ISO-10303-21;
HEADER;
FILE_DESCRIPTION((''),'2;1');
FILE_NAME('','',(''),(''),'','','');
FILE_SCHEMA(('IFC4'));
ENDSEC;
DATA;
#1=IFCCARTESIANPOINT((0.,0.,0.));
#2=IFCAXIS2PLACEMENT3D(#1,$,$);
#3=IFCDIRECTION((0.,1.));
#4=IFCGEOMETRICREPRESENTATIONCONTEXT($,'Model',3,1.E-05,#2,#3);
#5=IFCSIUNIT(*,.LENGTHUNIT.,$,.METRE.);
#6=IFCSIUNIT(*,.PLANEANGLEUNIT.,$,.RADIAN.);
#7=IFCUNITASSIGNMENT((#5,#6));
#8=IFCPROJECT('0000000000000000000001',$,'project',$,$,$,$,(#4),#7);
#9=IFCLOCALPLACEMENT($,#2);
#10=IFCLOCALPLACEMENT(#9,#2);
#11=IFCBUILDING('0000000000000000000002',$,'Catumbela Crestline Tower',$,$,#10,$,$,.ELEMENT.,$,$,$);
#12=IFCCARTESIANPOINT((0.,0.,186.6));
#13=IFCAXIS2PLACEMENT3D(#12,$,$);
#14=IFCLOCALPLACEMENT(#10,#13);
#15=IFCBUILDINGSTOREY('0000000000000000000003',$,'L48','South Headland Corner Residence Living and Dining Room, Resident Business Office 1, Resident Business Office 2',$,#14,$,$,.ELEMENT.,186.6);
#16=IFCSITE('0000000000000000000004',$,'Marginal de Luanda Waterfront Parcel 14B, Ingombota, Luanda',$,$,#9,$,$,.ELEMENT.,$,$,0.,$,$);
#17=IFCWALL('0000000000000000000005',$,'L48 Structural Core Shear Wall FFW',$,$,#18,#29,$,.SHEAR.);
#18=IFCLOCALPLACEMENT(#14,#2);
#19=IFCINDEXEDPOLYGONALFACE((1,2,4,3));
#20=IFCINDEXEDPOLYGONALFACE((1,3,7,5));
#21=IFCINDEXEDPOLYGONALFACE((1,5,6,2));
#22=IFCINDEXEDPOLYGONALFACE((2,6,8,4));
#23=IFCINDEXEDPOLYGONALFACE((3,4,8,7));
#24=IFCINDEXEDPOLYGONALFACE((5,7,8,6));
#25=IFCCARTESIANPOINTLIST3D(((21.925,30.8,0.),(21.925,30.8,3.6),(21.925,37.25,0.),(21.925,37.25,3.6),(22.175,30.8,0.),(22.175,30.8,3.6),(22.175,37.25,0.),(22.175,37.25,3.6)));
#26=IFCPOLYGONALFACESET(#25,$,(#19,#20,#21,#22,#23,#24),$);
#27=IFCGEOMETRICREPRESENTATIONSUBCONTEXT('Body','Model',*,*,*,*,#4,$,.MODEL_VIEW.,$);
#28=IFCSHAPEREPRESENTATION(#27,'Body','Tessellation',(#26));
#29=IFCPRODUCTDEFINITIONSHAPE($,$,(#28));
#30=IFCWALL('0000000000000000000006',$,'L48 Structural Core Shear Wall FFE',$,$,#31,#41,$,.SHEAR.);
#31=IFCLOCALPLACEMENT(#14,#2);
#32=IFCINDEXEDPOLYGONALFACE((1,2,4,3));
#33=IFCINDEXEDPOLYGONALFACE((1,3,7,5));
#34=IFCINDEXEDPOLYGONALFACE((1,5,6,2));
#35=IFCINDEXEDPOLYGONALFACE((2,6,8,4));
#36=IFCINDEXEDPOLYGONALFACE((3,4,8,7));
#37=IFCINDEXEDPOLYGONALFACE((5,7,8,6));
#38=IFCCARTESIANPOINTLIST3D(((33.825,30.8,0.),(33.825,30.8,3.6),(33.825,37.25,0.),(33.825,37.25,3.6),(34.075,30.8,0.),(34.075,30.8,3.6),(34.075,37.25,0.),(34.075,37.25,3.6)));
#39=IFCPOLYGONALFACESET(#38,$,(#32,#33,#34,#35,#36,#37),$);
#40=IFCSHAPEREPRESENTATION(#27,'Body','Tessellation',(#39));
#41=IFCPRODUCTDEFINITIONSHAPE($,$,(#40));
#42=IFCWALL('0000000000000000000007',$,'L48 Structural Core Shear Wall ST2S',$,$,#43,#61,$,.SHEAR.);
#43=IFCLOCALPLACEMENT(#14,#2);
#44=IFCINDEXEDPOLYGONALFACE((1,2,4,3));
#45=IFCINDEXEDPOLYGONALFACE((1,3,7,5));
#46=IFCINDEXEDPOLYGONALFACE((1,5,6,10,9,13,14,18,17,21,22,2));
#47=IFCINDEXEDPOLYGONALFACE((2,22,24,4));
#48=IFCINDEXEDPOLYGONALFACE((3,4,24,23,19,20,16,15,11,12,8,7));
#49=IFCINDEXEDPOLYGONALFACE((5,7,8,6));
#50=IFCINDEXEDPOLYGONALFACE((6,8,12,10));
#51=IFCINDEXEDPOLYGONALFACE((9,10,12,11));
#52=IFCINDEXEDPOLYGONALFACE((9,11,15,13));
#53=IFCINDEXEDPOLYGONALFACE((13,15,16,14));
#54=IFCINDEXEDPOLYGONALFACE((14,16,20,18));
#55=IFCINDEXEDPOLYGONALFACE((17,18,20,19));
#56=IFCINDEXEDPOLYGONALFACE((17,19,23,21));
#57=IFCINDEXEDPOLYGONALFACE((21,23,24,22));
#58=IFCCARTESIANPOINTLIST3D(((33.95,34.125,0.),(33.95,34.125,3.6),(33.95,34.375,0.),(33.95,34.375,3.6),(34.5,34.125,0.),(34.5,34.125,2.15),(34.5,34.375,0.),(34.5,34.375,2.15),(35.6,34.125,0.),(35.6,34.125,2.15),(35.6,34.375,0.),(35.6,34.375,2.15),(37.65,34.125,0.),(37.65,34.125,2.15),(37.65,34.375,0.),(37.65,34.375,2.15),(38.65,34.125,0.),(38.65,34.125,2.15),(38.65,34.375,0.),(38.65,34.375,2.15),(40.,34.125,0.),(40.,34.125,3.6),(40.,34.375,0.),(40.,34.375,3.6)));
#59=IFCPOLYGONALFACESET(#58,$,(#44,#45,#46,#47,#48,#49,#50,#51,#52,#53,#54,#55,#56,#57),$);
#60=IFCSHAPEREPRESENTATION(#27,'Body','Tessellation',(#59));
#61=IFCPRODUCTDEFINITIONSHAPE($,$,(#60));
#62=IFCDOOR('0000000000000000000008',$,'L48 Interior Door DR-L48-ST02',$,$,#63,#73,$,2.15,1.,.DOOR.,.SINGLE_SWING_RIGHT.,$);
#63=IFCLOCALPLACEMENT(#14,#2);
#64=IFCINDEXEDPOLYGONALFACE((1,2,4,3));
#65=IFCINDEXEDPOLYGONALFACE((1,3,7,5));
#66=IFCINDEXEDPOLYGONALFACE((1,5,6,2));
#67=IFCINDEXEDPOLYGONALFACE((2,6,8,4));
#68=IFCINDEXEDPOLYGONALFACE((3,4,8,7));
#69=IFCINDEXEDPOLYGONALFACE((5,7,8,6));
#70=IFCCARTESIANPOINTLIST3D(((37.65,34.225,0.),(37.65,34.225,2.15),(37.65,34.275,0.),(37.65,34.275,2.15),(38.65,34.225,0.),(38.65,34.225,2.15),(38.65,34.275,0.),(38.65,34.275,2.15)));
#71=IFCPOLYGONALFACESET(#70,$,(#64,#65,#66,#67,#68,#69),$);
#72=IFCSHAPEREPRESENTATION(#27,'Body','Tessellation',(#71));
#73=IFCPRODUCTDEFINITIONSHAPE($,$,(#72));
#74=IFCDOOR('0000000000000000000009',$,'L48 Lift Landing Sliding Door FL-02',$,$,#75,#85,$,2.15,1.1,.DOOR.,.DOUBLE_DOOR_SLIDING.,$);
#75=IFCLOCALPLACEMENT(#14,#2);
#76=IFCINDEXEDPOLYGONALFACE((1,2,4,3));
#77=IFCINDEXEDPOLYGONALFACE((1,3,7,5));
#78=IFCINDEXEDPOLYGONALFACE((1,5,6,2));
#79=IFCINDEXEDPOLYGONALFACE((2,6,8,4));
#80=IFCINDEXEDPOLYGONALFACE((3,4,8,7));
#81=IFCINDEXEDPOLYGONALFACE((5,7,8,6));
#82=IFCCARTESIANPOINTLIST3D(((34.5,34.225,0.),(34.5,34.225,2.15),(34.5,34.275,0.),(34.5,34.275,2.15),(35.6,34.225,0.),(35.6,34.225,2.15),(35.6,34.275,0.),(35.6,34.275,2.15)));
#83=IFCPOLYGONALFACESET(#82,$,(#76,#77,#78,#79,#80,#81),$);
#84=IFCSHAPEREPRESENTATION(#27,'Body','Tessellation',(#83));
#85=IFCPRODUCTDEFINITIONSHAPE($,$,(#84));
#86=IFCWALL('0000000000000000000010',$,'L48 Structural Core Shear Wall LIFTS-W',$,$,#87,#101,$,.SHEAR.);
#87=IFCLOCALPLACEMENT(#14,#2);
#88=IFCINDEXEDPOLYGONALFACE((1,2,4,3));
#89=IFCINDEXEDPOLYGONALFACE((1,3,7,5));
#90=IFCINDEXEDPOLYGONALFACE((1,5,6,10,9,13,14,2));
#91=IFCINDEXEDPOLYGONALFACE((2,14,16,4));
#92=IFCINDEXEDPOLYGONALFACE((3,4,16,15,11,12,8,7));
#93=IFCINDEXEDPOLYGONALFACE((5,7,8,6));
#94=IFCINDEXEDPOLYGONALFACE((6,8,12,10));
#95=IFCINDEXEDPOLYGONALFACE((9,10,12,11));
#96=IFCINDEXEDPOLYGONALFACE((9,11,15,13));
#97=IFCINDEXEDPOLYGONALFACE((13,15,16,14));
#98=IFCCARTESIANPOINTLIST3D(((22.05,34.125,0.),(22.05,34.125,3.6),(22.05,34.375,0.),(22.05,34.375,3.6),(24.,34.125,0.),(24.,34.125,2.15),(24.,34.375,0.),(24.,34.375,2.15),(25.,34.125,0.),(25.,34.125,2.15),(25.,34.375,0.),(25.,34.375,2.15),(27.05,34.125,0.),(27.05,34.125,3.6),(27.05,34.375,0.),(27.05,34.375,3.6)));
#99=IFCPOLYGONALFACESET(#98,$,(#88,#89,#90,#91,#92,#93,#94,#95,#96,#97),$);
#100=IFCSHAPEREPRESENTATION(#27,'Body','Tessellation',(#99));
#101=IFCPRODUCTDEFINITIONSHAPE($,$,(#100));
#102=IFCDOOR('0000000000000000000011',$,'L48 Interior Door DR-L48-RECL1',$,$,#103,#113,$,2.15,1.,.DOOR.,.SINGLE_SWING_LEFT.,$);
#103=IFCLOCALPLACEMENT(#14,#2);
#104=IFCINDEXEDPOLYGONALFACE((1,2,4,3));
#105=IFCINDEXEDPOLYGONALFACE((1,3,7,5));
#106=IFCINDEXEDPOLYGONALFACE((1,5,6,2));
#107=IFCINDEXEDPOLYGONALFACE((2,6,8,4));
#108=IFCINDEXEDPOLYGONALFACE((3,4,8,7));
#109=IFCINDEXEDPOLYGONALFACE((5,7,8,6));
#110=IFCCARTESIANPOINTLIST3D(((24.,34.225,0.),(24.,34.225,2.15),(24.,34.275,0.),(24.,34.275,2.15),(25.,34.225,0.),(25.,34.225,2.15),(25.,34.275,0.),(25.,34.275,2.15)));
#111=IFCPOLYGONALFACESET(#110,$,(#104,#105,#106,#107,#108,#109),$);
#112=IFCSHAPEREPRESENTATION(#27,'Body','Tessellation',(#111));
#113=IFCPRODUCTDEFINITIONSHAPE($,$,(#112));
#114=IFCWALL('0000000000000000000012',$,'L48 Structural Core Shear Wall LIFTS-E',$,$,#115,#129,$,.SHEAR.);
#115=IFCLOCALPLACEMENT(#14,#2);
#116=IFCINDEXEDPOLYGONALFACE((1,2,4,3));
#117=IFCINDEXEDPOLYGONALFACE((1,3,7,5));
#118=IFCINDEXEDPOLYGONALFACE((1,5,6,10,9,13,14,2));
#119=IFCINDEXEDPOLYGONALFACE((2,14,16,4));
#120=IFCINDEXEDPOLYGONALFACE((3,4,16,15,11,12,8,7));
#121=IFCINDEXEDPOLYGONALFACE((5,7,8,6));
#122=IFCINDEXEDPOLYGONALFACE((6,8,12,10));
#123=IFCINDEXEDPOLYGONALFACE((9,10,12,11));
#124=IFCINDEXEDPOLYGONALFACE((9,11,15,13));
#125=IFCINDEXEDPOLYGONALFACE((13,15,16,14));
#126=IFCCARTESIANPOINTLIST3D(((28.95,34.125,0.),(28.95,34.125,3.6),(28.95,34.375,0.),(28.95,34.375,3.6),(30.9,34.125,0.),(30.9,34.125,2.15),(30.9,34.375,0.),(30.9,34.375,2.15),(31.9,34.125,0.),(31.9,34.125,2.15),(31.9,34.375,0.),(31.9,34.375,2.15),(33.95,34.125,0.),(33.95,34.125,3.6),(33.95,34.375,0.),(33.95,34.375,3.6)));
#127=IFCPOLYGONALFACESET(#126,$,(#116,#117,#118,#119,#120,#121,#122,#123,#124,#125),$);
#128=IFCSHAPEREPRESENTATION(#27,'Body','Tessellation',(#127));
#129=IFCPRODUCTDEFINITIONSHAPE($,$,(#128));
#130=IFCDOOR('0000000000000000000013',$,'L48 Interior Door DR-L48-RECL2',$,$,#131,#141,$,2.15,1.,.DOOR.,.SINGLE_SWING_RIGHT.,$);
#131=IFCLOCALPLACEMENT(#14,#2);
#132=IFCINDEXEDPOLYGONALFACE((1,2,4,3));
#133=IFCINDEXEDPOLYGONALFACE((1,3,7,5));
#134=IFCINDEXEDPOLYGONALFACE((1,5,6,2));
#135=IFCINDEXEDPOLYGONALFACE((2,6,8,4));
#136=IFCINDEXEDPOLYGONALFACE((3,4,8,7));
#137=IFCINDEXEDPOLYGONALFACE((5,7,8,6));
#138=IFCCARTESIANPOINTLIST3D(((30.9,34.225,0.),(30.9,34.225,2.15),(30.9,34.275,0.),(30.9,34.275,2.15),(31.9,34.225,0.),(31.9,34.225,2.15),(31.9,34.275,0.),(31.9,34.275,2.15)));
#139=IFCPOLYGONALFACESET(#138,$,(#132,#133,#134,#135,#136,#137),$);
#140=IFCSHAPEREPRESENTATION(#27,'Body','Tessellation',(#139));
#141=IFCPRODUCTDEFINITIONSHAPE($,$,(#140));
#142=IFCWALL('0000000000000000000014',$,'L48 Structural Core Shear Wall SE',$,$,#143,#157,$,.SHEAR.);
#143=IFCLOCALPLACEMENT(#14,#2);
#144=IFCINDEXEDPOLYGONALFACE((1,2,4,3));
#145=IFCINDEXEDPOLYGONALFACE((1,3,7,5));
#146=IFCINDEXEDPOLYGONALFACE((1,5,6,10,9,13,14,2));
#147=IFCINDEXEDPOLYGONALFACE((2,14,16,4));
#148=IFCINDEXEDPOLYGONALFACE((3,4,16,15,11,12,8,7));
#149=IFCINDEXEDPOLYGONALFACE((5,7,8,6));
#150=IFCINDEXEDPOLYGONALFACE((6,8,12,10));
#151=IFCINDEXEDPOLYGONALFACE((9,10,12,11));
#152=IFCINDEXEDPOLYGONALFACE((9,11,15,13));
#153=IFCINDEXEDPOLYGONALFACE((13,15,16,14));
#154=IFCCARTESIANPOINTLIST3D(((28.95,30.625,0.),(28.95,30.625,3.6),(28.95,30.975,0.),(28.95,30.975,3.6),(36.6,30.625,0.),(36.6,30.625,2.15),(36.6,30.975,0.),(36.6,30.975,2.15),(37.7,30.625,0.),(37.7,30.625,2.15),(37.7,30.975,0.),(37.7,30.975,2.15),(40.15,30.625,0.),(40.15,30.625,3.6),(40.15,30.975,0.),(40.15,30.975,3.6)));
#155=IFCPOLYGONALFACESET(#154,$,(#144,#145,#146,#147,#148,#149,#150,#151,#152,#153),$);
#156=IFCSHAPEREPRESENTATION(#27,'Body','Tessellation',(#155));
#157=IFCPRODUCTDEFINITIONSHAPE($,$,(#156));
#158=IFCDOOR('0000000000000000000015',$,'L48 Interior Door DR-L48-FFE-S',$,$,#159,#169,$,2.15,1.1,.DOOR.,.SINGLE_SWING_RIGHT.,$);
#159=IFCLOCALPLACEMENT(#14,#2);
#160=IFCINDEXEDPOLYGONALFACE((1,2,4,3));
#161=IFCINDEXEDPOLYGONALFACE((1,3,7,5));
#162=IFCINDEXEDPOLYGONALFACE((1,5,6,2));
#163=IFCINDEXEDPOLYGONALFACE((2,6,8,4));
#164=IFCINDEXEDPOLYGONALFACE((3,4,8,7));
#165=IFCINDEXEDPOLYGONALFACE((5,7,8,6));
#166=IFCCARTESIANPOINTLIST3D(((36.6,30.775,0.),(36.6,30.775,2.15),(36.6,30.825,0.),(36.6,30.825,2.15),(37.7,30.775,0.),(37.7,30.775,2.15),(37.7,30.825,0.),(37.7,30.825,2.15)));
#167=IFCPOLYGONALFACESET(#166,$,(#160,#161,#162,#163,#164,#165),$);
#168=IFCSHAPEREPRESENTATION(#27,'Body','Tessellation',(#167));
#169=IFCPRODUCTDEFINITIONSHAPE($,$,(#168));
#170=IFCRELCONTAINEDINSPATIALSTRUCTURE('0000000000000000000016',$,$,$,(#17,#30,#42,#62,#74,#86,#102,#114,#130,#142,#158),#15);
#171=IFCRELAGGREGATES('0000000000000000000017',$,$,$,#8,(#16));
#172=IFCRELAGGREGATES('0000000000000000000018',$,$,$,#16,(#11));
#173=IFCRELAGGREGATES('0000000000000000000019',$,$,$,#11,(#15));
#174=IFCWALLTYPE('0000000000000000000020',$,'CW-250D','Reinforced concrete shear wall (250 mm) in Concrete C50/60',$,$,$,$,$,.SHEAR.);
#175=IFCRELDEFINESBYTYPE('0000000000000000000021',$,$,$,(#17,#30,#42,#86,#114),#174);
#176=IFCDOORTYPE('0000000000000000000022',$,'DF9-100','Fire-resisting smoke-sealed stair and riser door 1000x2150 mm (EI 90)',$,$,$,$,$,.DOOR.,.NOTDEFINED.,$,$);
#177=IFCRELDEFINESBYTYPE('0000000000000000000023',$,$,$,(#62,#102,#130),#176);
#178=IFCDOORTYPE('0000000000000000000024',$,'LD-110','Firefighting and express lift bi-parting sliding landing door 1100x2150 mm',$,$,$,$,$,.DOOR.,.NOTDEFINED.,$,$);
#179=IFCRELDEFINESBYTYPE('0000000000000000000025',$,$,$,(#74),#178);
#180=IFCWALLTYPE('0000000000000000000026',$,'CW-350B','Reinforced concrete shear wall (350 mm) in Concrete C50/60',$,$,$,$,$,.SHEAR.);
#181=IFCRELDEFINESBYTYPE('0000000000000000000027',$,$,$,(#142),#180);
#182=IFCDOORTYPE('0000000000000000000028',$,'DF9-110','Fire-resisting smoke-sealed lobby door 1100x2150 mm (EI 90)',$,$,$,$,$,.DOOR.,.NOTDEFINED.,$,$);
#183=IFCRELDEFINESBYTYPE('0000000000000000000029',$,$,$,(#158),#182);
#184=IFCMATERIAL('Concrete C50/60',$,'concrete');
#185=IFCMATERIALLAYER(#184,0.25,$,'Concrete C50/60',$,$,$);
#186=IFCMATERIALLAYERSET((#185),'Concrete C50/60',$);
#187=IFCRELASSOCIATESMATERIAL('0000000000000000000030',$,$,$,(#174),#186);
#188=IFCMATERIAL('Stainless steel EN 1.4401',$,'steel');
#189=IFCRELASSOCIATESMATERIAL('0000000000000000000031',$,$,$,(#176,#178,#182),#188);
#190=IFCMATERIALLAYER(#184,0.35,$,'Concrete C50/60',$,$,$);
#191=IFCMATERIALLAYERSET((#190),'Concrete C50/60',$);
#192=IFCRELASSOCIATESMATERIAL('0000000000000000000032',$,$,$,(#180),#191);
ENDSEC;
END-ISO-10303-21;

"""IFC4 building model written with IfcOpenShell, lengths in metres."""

from ifc_helpers import new_model, si_unit, direction, frame, frame_2d, origin, place, context, subcontext, project, spatial, rectangle, extrude, material, layer, layer_set, type_object, element, fill, save


model = new_model("IFC4")

# Units and contexts
model_context = context("Model", 3, precision=1e-05, world=origin(), true_north=direction((0.0, 1.0)))
body_context = subcontext(model_context, "Body", "Model", "MODEL_VIEW")
ifc_project = project(units=[si_unit("LENGTHUNIT", "METRE"), si_unit("PLANEANGLEUNIT", "RADIAN")], contexts=[model_context])

# Site, building, storey
site_placement = place(None, origin())
site = spatial("IfcSite", under=ifc_project, at=site_placement, Name="Marginal de Luanda Waterfront Parcel 14B, Ingombota, Luanda", CompositionType="ELEMENT", RefElevation=0.0)
building_placement = place(site_placement, origin())
building = spatial("IfcBuilding", under=site, at=building_placement, Name="Catumbela Crestline Tower", CompositionType="ELEMENT")
storey_placement = place(building_placement, frame((0.0, 0.0, 186.6)))
storey = spatial("IfcBuildingStorey", under=building, at=storey_placement, Name="L48", Description="South Headland Corner Residence Living and Dining Room, Resident Business Office 1, Resident Business Office 2", CompositionType="ELEMENT", Elevation=186.6)

# Walls
ifc_material_1 = material(Name="Concrete C50/60", Category="concrete")
ifc_layer_1 = layer(ifc_material_1, 0.25, Name="Concrete C50/60")
ifc_layer_set_1 = layer_set([ifc_layer_1], Name="Concrete C50/60")
wall_type_1 = type_object("IfcWallType", Name="CW-250D", Description="Reinforced concrete shear wall (250 mm) in Concrete C50/60", PredefinedType="SHEAR", material=ifc_layer_set_1)
for number, where, z_axis, x_axis, name in (
    (1, (22.05, 30.8, 0.0), (0.0, 0.0, 1.0), (0.0, 1.0, 0.0), "L48 Structural Core Shear Wall FFW"),
    (2, (33.95, 30.8, 0.0), (0.0, 0.0, 1.0), (0.0, 1.0, 0.0), "L48 Structural Core Shear Wall FFE"),
):
    element("IfcWall", number, at=place(storey_placement, frame(where, z_axis=z_axis, x_axis=x_axis)), inside=storey, type_object=wall_type_1, Name=name, PredefinedType="SHEAR", context=body_context, shape_type="SweptSolid", body=[
        extrude(rectangle(XDim=6.45, YDim=0.25, at=frame_2d((3.225, 0.0))), origin(), (0.0, 0.0, 1.0), 3.6),
    ])

# Wall, openings, doors
wall_1_placement = place(storey_placement, frame((33.95, 34.25, 0.0), z_axis=(0.0, 0.0, 1.0), x_axis=(1.0, 0.0, 0.0)))
wall_1 = element("IfcWall", 3, at=wall_1_placement, inside=storey, type_object=wall_type_1, Name="L48 Structural Core Shear Wall ST2S", PredefinedType="SHEAR", context=body_context, shape_type="SweptSolid", body=[
    extrude(rectangle(XDim=6.05, YDim=0.25, at=frame_2d((3.025, 0.0))), origin(), (0.0, 0.0, 1.0), 3.6),
])
opening_1_placement = place(wall_1_placement, frame((3.7, 0.0, 0.0)))
opening_1 = element("IfcOpeningElement", 4, at=opening_1_placement, cuts=wall_1, PredefinedType="OPENING", context=body_context, shape_type="SweptSolid", body=[
    extrude(rectangle(XDim=1.0, YDim=2.15, at=frame_2d((0.5, 1.075))), frame((0.0, 0.135, 0.0), z_axis=(0.0, -1.0, 0.0), x_axis=(1.0, 0.0, 0.0)), (0.0, 0.0, 1.0), 0.27),
])
opening_2_placement = place(wall_1_placement, frame((0.55, 0.0, 0.0)))
opening_2 = element("IfcOpeningElement", 5, at=opening_2_placement, cuts=wall_1, PredefinedType="OPENING", context=body_context, shape_type="SweptSolid", body=[
    extrude(rectangle(XDim=1.1, YDim=2.15, at=frame_2d((0.55, 1.075))), frame((0.0, 0.135, 0.0), z_axis=(0.0, -1.0, 0.0), x_axis=(1.0, 0.0, 0.0)), (0.0, 0.0, 1.0), 0.27),
])
ifc_material_2 = material(Name="Stainless steel EN 1.4401", Category="steel")
door_type_1 = type_object("IfcDoorType", Name="DF9-100", Description="Fire-resisting smoke-sealed stair and riser door 1000x2150 mm (EI 90)", OperationType="NOTDEFINED", PredefinedType="DOOR", material=ifc_material_2)
door_1_placement = place(opening_1_placement, origin())
door_1 = element("IfcDoor", 6, at=door_1_placement, inside=storey, type_object=door_type_1, Name="L48 Interior Door DR-L48-ST02", OperationType="SINGLE_SWING_RIGHT", OverallHeight=2.15, OverallWidth=1.0, PredefinedType="DOOR", context=body_context, shape_type="SweptSolid", body=[
    extrude(rectangle(XDim=1.0, YDim=2.15, at=frame_2d((0.5, 1.075))), frame((0.0, 0.025, 0.0), z_axis=(0.0, -1.0, 0.0), x_axis=(1.0, 0.0, 0.0)), (0.0, 0.0, 1.0), 0.05),
])
fill(opening_1, door_1)
door_type_2 = type_object("IfcDoorType", Name="LD-110", Description="Firefighting and express lift bi-parting sliding landing door 1100x2150 mm", OperationType="NOTDEFINED", PredefinedType="DOOR", material=ifc_material_2)
door_2_placement = place(opening_2_placement, origin())
door_2 = element("IfcDoor", 7, at=door_2_placement, inside=storey, type_object=door_type_2, Name="L48 Lift Landing Sliding Door FL-02", OperationType="DOUBLE_DOOR_SLIDING", OverallHeight=2.15, OverallWidth=1.1, PredefinedType="DOOR", context=body_context, shape_type="SweptSolid", body=[
    extrude(rectangle(XDim=1.1, YDim=2.15, at=frame_2d((0.55, 1.075))), frame((0.0, 0.025, 0.0), z_axis=(0.0, -1.0, 0.0), x_axis=(1.0, 0.0, 0.0)), (0.0, 0.0, 1.0), 0.05),
])
fill(opening_2, door_2)

# Walls, openings, doors
wall_2_placement = place(storey_placement, frame((22.05, 34.25, 0.0), z_axis=(0.0, 0.0, 1.0), x_axis=(1.0, 0.0, 0.0)))
wall_2 = element("IfcWall", 8, at=wall_2_placement, inside=storey, type_object=wall_type_1, Name="L48 Structural Core Shear Wall LIFTS-W", PredefinedType="SHEAR", context=body_context, shape_type="SweptSolid", body=[
    extrude(rectangle(XDim=5.0, YDim=0.25, at=frame_2d((2.5, 0.0))), origin(), (0.0, 0.0, 1.0), 3.6),
])
opening_3_placement = place(wall_2_placement, frame((1.95, 0.0, 0.0)))
opening_3 = element("IfcOpeningElement", 9, at=opening_3_placement, cuts=wall_2, PredefinedType="OPENING", context=body_context, shape_type="SweptSolid", body=[
    extrude(rectangle(XDim=1.0, YDim=2.15, at=frame_2d((0.5, 1.075))), frame((0.0, 0.135, 0.0), z_axis=(0.0, -1.0, 0.0), x_axis=(1.0, 0.0, 0.0)), (0.0, 0.0, 1.0), 0.27),
])
door_3_placement = place(opening_3_placement, origin())
door_3 = element("IfcDoor", 10, at=door_3_placement, inside=storey, type_object=door_type_1, Name="L48 Interior Door DR-L48-RECL1", OperationType="SINGLE_SWING_LEFT", OverallHeight=2.15, OverallWidth=1.0, PredefinedType="DOOR", context=body_context, shape_type="SweptSolid", body=[
    extrude(rectangle(XDim=1.0, YDim=2.15, at=frame_2d((0.5, 1.075))), frame((0.0, 0.025, 0.0), z_axis=(0.0, -1.0, 0.0), x_axis=(1.0, 0.0, 0.0)), (0.0, 0.0, 1.0), 0.05),
])
fill(opening_3, door_3)
wall_3_placement = place(storey_placement, frame((28.95, 34.25, 0.0), z_axis=(0.0, 0.0, 1.0), x_axis=(1.0, 0.0, 0.0)))
wall_3 = element("IfcWall", 11, at=wall_3_placement, inside=storey, type_object=wall_type_1, Name="L48 Structural Core Shear Wall LIFTS-E", PredefinedType="SHEAR", context=body_context, shape_type="SweptSolid", body=[
    extrude(rectangle(XDim=5.0, YDim=0.25, at=frame_2d((2.5, 0.0))), origin(), (0.0, 0.0, 1.0), 3.6),
])
opening_4_placement = place(wall_3_placement, frame((1.95, 0.0, 0.0)))
opening_4 = element("IfcOpeningElement", 12, at=opening_4_placement, cuts=wall_3, PredefinedType="OPENING", context=body_context, shape_type="SweptSolid", body=[
    extrude(rectangle(XDim=1.0, YDim=2.15, at=frame_2d((0.5, 1.075))), frame((0.0, 0.135, 0.0), z_axis=(0.0, -1.0, 0.0), x_axis=(1.0, 0.0, 0.0)), (0.0, 0.0, 1.0), 0.27),
])
door_4_placement = place(opening_4_placement, origin())
door_4 = element("IfcDoor", 13, at=door_4_placement, inside=storey, type_object=door_type_1, Name="L48 Interior Door DR-L48-RECL2", OperationType="SINGLE_SWING_RIGHT", OverallHeight=2.15, OverallWidth=1.0, PredefinedType="DOOR", context=body_context, shape_type="SweptSolid", body=[
    extrude(rectangle(XDim=1.0, YDim=2.15, at=frame_2d((0.5, 1.075))), frame((0.0, 0.025, 0.0), z_axis=(0.0, -1.0, 0.0), x_axis=(1.0, 0.0, 0.0)), (0.0, 0.0, 1.0), 0.05),
])
fill(opening_4, door_4)
ifc_layer_2 = layer(ifc_material_1, 0.35, Name="Concrete C50/60")
ifc_layer_set_2 = layer_set([ifc_layer_2], Name="Concrete C50/60")
wall_type_2 = type_object("IfcWallType", Name="CW-350B", Description="Reinforced concrete shear wall (350 mm) in Concrete C50/60", PredefinedType="SHEAR", material=ifc_layer_set_2)
wall_4_placement = place(storey_placement, frame((28.95, 30.8, 0.0), z_axis=(0.0, 0.0, 1.0), x_axis=(1.0, 0.0, 0.0)))
wall_4 = element("IfcWall", 14, at=wall_4_placement, inside=storey, type_object=wall_type_2, Name="L48 Structural Core Shear Wall SE", PredefinedType="SHEAR", context=body_context, shape_type="SweptSolid", body=[
    extrude(rectangle(XDim=11.2, YDim=0.35, at=frame_2d((5.6, 0.0))), origin(), (0.0, 0.0, 1.0), 3.6),
])
opening_5_placement = place(wall_4_placement, frame((7.65, 0.0, 0.0)))
opening_5 = element("IfcOpeningElement", 15, at=opening_5_placement, cuts=wall_4, PredefinedType="OPENING", context=body_context, shape_type="SweptSolid", body=[
    extrude(rectangle(XDim=1.1, YDim=2.15, at=frame_2d((0.55, 1.075))), frame((0.0, 0.185, 0.0), z_axis=(0.0, -1.0, 0.0), x_axis=(1.0, 0.0, 0.0)), (0.0, 0.0, 1.0), 0.37),
])
door_type_3 = type_object("IfcDoorType", Name="DF9-110", Description="Fire-resisting smoke-sealed lobby door 1100x2150 mm (EI 90)", OperationType="NOTDEFINED", PredefinedType="DOOR", material=ifc_material_2)
door_5_placement = place(opening_5_placement, origin())
door_5 = element("IfcDoor", 16, at=door_5_placement, inside=storey, type_object=door_type_3, Name="L48 Interior Door DR-L48-FFE-S", OperationType="SINGLE_SWING_RIGHT", OverallHeight=2.15, OverallWidth=1.1, PredefinedType="DOOR", context=body_context, shape_type="SweptSolid", body=[
    extrude(rectangle(XDim=1.1, YDim=2.15, at=frame_2d((0.55, 1.075))), frame((0.0, 0.025, 0.0), z_axis=(0.0, -1.0, 0.0), x_axis=(1.0, 0.0, 0.0)), (0.0, 0.0, 1.0), 0.05),
])
fill(opening_5, door_5)

save(model, "model.ifc")
